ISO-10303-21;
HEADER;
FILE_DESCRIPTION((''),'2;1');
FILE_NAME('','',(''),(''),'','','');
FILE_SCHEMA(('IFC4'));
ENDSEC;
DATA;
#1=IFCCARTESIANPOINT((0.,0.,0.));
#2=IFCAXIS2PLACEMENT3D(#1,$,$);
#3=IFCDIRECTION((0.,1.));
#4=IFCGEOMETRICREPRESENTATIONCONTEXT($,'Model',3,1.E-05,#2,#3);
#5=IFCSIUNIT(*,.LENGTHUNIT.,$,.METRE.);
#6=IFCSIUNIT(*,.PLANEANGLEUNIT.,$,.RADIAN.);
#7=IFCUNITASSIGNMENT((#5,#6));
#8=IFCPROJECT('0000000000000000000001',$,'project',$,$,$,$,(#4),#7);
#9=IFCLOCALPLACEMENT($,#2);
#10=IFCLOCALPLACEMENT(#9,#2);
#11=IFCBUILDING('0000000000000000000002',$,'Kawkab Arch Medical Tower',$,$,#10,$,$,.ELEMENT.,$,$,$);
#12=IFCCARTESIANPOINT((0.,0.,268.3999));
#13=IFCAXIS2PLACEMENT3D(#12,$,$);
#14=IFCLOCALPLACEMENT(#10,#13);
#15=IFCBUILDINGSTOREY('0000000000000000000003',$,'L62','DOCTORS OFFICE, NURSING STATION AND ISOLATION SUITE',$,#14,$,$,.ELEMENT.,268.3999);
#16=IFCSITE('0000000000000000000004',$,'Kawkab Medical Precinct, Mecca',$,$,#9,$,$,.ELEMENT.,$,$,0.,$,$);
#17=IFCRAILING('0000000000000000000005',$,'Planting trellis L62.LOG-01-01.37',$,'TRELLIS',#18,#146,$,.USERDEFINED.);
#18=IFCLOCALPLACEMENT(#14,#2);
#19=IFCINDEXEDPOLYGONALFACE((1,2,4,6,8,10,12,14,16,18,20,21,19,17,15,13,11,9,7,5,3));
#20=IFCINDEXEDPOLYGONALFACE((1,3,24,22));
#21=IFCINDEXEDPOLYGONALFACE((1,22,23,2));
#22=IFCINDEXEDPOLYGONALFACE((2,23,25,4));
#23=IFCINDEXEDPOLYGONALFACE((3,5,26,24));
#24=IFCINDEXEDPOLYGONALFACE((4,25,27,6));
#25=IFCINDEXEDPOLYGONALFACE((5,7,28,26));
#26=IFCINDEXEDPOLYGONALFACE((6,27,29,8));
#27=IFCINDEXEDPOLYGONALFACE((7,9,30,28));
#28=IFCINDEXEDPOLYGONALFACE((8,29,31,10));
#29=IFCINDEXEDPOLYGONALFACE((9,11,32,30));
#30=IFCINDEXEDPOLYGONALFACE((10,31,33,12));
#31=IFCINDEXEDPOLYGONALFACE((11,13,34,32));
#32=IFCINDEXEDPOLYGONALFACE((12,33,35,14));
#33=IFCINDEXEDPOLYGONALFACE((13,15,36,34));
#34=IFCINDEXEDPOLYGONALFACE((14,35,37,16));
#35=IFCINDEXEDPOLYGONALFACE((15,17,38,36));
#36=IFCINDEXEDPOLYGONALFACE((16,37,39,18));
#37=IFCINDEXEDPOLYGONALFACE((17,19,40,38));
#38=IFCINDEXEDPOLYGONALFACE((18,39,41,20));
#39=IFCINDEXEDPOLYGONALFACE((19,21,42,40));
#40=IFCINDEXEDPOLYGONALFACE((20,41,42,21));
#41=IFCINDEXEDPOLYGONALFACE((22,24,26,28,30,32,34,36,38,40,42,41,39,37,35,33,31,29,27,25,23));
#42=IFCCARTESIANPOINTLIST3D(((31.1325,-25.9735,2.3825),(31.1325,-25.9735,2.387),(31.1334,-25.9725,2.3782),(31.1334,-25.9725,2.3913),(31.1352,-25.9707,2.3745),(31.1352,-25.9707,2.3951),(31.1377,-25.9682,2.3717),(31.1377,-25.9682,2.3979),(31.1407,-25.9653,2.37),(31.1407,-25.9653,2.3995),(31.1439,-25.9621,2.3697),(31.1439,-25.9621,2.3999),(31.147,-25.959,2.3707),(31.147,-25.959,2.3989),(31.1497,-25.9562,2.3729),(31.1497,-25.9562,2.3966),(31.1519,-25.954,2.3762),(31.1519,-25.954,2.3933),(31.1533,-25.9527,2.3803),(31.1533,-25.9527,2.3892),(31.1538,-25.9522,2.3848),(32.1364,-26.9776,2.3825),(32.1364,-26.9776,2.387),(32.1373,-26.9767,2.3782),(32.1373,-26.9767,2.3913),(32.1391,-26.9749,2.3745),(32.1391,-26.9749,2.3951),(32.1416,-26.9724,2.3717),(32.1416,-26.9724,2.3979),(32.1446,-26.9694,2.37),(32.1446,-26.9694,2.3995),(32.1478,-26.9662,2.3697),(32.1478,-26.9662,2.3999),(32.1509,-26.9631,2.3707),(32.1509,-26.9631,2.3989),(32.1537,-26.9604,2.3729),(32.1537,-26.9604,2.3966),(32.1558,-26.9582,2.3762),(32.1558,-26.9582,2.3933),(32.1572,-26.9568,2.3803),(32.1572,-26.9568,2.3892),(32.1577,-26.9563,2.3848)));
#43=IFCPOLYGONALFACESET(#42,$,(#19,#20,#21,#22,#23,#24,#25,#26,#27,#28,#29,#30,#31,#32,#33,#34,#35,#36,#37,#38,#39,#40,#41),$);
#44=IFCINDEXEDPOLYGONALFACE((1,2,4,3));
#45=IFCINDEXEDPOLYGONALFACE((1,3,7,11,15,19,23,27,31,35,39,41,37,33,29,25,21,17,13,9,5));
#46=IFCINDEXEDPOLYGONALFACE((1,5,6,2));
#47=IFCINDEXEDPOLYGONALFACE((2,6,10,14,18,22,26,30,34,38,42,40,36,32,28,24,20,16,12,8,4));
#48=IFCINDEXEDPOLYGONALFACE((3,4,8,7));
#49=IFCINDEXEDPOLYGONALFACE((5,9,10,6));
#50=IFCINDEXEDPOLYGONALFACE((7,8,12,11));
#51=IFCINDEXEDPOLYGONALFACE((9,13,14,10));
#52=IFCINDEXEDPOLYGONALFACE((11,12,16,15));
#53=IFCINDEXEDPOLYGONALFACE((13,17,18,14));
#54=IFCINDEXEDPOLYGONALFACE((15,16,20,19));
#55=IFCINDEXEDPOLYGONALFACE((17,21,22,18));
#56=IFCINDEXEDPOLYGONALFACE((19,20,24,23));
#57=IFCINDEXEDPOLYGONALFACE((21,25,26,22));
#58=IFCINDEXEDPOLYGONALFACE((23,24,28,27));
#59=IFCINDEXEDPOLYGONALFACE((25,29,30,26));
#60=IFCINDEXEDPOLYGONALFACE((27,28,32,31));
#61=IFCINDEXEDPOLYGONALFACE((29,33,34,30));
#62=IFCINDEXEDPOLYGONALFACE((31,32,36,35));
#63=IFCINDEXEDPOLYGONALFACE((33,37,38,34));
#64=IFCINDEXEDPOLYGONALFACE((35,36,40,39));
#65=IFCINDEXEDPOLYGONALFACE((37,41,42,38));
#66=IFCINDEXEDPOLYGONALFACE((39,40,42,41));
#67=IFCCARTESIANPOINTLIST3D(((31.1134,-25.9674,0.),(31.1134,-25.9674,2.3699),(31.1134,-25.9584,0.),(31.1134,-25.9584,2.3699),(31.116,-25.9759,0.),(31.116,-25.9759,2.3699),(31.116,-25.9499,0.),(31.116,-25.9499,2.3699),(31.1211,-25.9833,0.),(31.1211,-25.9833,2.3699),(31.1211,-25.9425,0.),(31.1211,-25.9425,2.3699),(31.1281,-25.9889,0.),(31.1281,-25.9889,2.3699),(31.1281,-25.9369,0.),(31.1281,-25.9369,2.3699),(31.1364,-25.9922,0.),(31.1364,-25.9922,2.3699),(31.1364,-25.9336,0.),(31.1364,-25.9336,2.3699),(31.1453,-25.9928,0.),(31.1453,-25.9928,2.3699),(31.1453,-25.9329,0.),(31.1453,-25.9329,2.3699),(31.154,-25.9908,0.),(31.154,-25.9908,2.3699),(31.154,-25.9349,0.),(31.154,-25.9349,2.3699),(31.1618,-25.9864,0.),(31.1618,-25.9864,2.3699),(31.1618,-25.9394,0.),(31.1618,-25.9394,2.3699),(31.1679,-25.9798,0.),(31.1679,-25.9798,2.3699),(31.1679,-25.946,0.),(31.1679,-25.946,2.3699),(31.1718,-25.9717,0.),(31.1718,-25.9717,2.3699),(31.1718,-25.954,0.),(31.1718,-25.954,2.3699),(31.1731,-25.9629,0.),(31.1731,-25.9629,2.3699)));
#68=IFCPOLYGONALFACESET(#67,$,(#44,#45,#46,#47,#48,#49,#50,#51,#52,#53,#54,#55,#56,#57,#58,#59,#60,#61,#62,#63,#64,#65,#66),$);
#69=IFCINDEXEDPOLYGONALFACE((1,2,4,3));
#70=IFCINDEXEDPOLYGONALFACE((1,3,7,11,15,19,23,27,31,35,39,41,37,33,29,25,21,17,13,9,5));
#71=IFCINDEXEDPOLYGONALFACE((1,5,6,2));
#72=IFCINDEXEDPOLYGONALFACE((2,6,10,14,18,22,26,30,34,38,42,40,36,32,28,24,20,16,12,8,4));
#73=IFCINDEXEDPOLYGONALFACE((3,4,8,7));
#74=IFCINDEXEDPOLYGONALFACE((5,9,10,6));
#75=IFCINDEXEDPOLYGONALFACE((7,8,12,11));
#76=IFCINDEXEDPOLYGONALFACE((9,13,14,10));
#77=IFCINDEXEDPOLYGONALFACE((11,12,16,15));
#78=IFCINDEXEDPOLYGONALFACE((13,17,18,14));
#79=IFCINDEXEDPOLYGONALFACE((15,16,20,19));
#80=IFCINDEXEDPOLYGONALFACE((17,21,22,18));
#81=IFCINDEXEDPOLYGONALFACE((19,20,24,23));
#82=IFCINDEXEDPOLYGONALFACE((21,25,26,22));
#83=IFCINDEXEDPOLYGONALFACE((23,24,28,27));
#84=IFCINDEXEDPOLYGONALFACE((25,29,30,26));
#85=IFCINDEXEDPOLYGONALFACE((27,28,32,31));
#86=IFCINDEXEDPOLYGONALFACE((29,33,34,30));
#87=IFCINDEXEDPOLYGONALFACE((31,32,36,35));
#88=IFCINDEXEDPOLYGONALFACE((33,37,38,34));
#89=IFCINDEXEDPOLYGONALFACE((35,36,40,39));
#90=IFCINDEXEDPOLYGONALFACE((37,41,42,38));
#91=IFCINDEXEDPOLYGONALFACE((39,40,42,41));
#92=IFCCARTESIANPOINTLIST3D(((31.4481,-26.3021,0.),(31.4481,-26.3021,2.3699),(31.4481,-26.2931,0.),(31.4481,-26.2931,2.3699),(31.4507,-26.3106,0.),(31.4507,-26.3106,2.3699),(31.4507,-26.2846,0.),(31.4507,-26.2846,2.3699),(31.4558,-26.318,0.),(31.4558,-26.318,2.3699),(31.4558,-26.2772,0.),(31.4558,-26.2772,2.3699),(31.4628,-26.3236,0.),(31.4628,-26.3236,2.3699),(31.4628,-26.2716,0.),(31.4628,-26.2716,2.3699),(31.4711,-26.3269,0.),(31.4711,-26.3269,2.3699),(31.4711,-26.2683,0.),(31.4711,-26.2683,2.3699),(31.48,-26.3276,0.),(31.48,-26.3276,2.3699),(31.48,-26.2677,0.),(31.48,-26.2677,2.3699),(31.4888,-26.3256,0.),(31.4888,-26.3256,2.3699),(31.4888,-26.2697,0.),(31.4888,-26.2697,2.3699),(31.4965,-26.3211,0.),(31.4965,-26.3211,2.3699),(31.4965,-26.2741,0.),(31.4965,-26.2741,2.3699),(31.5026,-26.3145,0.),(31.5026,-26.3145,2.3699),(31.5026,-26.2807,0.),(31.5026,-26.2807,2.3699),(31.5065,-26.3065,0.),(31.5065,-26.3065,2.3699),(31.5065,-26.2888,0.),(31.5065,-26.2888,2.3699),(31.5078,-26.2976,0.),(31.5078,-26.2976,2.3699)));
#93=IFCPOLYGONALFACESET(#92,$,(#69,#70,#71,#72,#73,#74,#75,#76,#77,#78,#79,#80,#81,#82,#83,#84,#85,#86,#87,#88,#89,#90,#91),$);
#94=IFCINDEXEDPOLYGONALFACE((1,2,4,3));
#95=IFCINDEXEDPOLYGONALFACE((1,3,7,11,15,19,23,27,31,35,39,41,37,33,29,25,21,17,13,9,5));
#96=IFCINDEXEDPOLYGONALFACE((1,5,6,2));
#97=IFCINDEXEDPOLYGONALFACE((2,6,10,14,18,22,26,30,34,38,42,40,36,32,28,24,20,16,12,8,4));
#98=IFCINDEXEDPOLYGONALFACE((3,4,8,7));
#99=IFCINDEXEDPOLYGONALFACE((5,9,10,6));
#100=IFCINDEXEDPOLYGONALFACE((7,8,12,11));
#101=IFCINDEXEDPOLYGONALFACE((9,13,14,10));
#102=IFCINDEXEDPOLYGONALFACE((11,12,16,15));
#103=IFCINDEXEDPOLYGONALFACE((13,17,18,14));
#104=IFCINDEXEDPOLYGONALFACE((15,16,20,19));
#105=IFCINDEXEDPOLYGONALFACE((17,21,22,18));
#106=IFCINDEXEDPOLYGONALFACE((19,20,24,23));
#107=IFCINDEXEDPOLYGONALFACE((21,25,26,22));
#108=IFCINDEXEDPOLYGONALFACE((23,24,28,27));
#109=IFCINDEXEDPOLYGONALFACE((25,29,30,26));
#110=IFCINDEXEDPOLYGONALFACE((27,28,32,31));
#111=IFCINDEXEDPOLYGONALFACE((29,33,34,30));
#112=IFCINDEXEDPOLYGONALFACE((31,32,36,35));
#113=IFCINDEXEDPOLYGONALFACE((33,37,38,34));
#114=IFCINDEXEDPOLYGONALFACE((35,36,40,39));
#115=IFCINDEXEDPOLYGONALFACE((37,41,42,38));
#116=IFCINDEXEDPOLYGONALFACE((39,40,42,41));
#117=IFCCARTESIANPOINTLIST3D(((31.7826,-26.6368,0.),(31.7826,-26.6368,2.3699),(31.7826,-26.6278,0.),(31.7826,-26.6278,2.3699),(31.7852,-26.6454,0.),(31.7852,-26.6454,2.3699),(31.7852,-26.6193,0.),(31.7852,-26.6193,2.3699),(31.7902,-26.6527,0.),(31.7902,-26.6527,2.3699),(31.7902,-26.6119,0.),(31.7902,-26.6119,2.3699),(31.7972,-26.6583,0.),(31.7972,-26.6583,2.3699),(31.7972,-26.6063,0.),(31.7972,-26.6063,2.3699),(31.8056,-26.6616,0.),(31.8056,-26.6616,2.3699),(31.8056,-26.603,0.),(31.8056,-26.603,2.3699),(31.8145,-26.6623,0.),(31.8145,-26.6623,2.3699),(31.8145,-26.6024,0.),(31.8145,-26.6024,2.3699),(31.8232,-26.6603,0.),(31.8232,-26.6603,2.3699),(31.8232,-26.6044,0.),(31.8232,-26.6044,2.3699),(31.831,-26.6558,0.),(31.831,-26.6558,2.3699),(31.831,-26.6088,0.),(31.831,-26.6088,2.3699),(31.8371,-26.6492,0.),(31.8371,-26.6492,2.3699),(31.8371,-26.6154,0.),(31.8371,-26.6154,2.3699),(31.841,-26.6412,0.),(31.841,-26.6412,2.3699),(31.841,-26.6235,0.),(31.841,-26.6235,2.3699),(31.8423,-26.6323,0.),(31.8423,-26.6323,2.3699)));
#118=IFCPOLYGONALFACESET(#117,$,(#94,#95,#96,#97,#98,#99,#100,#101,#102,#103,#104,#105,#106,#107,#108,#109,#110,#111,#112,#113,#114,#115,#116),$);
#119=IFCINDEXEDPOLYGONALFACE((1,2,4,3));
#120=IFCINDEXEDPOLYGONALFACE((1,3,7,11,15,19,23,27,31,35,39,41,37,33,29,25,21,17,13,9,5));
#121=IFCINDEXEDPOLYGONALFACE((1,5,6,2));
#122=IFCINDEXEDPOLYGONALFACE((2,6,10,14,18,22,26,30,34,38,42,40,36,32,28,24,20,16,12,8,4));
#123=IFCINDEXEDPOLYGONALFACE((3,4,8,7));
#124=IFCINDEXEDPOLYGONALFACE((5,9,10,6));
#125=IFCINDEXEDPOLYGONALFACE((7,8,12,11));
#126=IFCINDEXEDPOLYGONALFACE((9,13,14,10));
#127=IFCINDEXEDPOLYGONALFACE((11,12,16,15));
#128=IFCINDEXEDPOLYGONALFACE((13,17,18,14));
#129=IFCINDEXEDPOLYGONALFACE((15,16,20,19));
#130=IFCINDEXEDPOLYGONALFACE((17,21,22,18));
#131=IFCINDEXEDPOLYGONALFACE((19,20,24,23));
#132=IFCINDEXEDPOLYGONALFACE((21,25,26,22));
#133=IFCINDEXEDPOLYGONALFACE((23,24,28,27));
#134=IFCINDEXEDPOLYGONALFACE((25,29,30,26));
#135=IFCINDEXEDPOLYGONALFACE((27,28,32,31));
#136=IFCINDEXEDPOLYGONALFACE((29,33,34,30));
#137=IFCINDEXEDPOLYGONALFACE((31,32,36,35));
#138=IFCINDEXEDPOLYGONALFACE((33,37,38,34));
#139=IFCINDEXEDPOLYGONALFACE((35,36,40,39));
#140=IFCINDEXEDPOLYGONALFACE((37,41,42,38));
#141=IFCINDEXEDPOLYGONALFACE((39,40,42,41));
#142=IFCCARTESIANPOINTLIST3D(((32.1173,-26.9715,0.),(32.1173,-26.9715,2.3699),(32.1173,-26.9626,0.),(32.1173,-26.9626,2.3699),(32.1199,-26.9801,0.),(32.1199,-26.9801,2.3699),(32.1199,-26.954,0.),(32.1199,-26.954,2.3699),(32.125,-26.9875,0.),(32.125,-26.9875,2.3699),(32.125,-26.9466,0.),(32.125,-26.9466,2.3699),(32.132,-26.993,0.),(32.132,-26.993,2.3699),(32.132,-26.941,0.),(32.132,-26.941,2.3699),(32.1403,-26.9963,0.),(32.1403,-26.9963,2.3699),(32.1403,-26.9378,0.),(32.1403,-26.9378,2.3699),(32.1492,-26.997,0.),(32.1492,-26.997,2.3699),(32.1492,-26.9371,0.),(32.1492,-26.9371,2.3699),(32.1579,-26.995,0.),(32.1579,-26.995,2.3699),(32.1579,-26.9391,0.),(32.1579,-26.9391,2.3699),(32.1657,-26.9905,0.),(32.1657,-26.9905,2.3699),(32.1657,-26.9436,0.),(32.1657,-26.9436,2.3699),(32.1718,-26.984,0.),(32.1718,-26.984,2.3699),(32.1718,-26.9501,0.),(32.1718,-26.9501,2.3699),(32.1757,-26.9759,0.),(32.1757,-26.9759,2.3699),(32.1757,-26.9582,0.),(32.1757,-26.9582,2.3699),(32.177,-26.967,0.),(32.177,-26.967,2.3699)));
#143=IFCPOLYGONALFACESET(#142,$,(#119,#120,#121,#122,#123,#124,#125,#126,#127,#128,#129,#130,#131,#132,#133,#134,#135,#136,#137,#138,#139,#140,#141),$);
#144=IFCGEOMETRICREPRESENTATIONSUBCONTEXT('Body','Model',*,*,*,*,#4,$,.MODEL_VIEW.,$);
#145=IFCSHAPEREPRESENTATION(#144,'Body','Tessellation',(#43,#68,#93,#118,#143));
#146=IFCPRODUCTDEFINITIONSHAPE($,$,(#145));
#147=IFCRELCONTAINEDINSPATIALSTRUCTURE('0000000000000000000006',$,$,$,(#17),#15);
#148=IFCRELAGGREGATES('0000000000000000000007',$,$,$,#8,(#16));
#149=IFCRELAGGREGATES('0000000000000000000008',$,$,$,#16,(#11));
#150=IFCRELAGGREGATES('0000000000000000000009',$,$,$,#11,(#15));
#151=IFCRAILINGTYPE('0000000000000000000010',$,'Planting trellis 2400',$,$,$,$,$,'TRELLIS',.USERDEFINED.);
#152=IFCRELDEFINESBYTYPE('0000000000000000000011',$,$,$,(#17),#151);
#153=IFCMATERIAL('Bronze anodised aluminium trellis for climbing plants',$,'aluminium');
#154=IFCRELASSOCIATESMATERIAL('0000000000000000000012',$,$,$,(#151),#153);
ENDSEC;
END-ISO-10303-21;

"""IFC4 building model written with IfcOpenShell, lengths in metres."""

from ifc_helpers import new_model, si_unit, direction, frame, origin, origin_2d, place, context, subcontext, project, spatial, circle, extrude, material, type_object, element, save


model = new_model("IFC4")

# Units and contexts
model_context = context("Model", 3, precision=1e-05, world=origin(), true_north=direction((0.0, 1.0)))
body_context = subcontext(model_context, "Body", "Model", "MODEL_VIEW")
ifc_project = project(units=[si_unit("LENGTHUNIT", "METRE"), si_unit("PLANEANGLEUNIT", "RADIAN")], contexts=[model_context])

# Site, building, storey
site_placement = place(None, origin())
site = spatial("IfcSite", under=ifc_project, at=site_placement, Name="Kawkab Medical Precinct, Mecca", CompositionType="ELEMENT", RefElevation=0.0)
building_placement = place(site_placement, origin())
building = spatial("IfcBuilding", under=site, at=building_placement, Name="Kawkab Arch Medical Tower", CompositionType="ELEMENT")
storey_placement = place(building_placement, frame((0.0, 0.0, 268.3999)))
storey = spatial("IfcBuildingStorey", under=building, at=storey_placement, Name="L62", Description="DOCTORS OFFICE, NURSING STATION AND ISOLATION SUITE", CompositionType="ELEMENT", Elevation=268.3999)

# Railing
ifc_material_1 = material(Name="Bronze anodised aluminium trellis for climbing plants", Category="aluminium")
railing_type = type_object("IfcRailingType", Name="Planting trellis 2400", ElementType="TRELLIS", PredefinedType="USERDEFINED", material=ifc_material_1)
railing_1_placement = place(storey_placement, frame((31.1431, -25.9629, 0.0)))
element("IfcRailing", 1, at=railing_1_placement, inside=storey, type_object=railing_type, Name="Planting trellis L62.LOG-01-01.37", ObjectType="TRELLIS", PredefinedType="USERDEFINED", context=body_context, shape_type="SweptSolid", body=[
    extrude(circle(Radius=0.0151, at=origin_2d()), frame((0.0, 0.0, 2.3848), z_axis=(0.707021, -0.707193, 0.0), x_axis=(0.707193, 0.707021, 0.0)), (0.0, 0.0, 1.0), 1.4199),
    extrude(circle(Radius=0.03, at=origin_2d()), origin(), (0.0, 0.0, 1.0), 2.3699),
    extrude(circle(Radius=0.03, at=origin_2d()), frame((0.3347, -0.3347, 0.0)), (0.0, 0.0, 1.0), 2.3699),
    extrude(circle(Radius=0.03, at=origin_2d()), frame((0.6692, -0.6694, 0.0)), (0.0, 0.0, 1.0), 2.3699),
    extrude(circle(Radius=0.03, at=origin_2d()), frame((1.0039, -1.0042, 0.0)), (0.0, 0.0, 1.0), 2.3699),
])

save(model, "model.ifc")
